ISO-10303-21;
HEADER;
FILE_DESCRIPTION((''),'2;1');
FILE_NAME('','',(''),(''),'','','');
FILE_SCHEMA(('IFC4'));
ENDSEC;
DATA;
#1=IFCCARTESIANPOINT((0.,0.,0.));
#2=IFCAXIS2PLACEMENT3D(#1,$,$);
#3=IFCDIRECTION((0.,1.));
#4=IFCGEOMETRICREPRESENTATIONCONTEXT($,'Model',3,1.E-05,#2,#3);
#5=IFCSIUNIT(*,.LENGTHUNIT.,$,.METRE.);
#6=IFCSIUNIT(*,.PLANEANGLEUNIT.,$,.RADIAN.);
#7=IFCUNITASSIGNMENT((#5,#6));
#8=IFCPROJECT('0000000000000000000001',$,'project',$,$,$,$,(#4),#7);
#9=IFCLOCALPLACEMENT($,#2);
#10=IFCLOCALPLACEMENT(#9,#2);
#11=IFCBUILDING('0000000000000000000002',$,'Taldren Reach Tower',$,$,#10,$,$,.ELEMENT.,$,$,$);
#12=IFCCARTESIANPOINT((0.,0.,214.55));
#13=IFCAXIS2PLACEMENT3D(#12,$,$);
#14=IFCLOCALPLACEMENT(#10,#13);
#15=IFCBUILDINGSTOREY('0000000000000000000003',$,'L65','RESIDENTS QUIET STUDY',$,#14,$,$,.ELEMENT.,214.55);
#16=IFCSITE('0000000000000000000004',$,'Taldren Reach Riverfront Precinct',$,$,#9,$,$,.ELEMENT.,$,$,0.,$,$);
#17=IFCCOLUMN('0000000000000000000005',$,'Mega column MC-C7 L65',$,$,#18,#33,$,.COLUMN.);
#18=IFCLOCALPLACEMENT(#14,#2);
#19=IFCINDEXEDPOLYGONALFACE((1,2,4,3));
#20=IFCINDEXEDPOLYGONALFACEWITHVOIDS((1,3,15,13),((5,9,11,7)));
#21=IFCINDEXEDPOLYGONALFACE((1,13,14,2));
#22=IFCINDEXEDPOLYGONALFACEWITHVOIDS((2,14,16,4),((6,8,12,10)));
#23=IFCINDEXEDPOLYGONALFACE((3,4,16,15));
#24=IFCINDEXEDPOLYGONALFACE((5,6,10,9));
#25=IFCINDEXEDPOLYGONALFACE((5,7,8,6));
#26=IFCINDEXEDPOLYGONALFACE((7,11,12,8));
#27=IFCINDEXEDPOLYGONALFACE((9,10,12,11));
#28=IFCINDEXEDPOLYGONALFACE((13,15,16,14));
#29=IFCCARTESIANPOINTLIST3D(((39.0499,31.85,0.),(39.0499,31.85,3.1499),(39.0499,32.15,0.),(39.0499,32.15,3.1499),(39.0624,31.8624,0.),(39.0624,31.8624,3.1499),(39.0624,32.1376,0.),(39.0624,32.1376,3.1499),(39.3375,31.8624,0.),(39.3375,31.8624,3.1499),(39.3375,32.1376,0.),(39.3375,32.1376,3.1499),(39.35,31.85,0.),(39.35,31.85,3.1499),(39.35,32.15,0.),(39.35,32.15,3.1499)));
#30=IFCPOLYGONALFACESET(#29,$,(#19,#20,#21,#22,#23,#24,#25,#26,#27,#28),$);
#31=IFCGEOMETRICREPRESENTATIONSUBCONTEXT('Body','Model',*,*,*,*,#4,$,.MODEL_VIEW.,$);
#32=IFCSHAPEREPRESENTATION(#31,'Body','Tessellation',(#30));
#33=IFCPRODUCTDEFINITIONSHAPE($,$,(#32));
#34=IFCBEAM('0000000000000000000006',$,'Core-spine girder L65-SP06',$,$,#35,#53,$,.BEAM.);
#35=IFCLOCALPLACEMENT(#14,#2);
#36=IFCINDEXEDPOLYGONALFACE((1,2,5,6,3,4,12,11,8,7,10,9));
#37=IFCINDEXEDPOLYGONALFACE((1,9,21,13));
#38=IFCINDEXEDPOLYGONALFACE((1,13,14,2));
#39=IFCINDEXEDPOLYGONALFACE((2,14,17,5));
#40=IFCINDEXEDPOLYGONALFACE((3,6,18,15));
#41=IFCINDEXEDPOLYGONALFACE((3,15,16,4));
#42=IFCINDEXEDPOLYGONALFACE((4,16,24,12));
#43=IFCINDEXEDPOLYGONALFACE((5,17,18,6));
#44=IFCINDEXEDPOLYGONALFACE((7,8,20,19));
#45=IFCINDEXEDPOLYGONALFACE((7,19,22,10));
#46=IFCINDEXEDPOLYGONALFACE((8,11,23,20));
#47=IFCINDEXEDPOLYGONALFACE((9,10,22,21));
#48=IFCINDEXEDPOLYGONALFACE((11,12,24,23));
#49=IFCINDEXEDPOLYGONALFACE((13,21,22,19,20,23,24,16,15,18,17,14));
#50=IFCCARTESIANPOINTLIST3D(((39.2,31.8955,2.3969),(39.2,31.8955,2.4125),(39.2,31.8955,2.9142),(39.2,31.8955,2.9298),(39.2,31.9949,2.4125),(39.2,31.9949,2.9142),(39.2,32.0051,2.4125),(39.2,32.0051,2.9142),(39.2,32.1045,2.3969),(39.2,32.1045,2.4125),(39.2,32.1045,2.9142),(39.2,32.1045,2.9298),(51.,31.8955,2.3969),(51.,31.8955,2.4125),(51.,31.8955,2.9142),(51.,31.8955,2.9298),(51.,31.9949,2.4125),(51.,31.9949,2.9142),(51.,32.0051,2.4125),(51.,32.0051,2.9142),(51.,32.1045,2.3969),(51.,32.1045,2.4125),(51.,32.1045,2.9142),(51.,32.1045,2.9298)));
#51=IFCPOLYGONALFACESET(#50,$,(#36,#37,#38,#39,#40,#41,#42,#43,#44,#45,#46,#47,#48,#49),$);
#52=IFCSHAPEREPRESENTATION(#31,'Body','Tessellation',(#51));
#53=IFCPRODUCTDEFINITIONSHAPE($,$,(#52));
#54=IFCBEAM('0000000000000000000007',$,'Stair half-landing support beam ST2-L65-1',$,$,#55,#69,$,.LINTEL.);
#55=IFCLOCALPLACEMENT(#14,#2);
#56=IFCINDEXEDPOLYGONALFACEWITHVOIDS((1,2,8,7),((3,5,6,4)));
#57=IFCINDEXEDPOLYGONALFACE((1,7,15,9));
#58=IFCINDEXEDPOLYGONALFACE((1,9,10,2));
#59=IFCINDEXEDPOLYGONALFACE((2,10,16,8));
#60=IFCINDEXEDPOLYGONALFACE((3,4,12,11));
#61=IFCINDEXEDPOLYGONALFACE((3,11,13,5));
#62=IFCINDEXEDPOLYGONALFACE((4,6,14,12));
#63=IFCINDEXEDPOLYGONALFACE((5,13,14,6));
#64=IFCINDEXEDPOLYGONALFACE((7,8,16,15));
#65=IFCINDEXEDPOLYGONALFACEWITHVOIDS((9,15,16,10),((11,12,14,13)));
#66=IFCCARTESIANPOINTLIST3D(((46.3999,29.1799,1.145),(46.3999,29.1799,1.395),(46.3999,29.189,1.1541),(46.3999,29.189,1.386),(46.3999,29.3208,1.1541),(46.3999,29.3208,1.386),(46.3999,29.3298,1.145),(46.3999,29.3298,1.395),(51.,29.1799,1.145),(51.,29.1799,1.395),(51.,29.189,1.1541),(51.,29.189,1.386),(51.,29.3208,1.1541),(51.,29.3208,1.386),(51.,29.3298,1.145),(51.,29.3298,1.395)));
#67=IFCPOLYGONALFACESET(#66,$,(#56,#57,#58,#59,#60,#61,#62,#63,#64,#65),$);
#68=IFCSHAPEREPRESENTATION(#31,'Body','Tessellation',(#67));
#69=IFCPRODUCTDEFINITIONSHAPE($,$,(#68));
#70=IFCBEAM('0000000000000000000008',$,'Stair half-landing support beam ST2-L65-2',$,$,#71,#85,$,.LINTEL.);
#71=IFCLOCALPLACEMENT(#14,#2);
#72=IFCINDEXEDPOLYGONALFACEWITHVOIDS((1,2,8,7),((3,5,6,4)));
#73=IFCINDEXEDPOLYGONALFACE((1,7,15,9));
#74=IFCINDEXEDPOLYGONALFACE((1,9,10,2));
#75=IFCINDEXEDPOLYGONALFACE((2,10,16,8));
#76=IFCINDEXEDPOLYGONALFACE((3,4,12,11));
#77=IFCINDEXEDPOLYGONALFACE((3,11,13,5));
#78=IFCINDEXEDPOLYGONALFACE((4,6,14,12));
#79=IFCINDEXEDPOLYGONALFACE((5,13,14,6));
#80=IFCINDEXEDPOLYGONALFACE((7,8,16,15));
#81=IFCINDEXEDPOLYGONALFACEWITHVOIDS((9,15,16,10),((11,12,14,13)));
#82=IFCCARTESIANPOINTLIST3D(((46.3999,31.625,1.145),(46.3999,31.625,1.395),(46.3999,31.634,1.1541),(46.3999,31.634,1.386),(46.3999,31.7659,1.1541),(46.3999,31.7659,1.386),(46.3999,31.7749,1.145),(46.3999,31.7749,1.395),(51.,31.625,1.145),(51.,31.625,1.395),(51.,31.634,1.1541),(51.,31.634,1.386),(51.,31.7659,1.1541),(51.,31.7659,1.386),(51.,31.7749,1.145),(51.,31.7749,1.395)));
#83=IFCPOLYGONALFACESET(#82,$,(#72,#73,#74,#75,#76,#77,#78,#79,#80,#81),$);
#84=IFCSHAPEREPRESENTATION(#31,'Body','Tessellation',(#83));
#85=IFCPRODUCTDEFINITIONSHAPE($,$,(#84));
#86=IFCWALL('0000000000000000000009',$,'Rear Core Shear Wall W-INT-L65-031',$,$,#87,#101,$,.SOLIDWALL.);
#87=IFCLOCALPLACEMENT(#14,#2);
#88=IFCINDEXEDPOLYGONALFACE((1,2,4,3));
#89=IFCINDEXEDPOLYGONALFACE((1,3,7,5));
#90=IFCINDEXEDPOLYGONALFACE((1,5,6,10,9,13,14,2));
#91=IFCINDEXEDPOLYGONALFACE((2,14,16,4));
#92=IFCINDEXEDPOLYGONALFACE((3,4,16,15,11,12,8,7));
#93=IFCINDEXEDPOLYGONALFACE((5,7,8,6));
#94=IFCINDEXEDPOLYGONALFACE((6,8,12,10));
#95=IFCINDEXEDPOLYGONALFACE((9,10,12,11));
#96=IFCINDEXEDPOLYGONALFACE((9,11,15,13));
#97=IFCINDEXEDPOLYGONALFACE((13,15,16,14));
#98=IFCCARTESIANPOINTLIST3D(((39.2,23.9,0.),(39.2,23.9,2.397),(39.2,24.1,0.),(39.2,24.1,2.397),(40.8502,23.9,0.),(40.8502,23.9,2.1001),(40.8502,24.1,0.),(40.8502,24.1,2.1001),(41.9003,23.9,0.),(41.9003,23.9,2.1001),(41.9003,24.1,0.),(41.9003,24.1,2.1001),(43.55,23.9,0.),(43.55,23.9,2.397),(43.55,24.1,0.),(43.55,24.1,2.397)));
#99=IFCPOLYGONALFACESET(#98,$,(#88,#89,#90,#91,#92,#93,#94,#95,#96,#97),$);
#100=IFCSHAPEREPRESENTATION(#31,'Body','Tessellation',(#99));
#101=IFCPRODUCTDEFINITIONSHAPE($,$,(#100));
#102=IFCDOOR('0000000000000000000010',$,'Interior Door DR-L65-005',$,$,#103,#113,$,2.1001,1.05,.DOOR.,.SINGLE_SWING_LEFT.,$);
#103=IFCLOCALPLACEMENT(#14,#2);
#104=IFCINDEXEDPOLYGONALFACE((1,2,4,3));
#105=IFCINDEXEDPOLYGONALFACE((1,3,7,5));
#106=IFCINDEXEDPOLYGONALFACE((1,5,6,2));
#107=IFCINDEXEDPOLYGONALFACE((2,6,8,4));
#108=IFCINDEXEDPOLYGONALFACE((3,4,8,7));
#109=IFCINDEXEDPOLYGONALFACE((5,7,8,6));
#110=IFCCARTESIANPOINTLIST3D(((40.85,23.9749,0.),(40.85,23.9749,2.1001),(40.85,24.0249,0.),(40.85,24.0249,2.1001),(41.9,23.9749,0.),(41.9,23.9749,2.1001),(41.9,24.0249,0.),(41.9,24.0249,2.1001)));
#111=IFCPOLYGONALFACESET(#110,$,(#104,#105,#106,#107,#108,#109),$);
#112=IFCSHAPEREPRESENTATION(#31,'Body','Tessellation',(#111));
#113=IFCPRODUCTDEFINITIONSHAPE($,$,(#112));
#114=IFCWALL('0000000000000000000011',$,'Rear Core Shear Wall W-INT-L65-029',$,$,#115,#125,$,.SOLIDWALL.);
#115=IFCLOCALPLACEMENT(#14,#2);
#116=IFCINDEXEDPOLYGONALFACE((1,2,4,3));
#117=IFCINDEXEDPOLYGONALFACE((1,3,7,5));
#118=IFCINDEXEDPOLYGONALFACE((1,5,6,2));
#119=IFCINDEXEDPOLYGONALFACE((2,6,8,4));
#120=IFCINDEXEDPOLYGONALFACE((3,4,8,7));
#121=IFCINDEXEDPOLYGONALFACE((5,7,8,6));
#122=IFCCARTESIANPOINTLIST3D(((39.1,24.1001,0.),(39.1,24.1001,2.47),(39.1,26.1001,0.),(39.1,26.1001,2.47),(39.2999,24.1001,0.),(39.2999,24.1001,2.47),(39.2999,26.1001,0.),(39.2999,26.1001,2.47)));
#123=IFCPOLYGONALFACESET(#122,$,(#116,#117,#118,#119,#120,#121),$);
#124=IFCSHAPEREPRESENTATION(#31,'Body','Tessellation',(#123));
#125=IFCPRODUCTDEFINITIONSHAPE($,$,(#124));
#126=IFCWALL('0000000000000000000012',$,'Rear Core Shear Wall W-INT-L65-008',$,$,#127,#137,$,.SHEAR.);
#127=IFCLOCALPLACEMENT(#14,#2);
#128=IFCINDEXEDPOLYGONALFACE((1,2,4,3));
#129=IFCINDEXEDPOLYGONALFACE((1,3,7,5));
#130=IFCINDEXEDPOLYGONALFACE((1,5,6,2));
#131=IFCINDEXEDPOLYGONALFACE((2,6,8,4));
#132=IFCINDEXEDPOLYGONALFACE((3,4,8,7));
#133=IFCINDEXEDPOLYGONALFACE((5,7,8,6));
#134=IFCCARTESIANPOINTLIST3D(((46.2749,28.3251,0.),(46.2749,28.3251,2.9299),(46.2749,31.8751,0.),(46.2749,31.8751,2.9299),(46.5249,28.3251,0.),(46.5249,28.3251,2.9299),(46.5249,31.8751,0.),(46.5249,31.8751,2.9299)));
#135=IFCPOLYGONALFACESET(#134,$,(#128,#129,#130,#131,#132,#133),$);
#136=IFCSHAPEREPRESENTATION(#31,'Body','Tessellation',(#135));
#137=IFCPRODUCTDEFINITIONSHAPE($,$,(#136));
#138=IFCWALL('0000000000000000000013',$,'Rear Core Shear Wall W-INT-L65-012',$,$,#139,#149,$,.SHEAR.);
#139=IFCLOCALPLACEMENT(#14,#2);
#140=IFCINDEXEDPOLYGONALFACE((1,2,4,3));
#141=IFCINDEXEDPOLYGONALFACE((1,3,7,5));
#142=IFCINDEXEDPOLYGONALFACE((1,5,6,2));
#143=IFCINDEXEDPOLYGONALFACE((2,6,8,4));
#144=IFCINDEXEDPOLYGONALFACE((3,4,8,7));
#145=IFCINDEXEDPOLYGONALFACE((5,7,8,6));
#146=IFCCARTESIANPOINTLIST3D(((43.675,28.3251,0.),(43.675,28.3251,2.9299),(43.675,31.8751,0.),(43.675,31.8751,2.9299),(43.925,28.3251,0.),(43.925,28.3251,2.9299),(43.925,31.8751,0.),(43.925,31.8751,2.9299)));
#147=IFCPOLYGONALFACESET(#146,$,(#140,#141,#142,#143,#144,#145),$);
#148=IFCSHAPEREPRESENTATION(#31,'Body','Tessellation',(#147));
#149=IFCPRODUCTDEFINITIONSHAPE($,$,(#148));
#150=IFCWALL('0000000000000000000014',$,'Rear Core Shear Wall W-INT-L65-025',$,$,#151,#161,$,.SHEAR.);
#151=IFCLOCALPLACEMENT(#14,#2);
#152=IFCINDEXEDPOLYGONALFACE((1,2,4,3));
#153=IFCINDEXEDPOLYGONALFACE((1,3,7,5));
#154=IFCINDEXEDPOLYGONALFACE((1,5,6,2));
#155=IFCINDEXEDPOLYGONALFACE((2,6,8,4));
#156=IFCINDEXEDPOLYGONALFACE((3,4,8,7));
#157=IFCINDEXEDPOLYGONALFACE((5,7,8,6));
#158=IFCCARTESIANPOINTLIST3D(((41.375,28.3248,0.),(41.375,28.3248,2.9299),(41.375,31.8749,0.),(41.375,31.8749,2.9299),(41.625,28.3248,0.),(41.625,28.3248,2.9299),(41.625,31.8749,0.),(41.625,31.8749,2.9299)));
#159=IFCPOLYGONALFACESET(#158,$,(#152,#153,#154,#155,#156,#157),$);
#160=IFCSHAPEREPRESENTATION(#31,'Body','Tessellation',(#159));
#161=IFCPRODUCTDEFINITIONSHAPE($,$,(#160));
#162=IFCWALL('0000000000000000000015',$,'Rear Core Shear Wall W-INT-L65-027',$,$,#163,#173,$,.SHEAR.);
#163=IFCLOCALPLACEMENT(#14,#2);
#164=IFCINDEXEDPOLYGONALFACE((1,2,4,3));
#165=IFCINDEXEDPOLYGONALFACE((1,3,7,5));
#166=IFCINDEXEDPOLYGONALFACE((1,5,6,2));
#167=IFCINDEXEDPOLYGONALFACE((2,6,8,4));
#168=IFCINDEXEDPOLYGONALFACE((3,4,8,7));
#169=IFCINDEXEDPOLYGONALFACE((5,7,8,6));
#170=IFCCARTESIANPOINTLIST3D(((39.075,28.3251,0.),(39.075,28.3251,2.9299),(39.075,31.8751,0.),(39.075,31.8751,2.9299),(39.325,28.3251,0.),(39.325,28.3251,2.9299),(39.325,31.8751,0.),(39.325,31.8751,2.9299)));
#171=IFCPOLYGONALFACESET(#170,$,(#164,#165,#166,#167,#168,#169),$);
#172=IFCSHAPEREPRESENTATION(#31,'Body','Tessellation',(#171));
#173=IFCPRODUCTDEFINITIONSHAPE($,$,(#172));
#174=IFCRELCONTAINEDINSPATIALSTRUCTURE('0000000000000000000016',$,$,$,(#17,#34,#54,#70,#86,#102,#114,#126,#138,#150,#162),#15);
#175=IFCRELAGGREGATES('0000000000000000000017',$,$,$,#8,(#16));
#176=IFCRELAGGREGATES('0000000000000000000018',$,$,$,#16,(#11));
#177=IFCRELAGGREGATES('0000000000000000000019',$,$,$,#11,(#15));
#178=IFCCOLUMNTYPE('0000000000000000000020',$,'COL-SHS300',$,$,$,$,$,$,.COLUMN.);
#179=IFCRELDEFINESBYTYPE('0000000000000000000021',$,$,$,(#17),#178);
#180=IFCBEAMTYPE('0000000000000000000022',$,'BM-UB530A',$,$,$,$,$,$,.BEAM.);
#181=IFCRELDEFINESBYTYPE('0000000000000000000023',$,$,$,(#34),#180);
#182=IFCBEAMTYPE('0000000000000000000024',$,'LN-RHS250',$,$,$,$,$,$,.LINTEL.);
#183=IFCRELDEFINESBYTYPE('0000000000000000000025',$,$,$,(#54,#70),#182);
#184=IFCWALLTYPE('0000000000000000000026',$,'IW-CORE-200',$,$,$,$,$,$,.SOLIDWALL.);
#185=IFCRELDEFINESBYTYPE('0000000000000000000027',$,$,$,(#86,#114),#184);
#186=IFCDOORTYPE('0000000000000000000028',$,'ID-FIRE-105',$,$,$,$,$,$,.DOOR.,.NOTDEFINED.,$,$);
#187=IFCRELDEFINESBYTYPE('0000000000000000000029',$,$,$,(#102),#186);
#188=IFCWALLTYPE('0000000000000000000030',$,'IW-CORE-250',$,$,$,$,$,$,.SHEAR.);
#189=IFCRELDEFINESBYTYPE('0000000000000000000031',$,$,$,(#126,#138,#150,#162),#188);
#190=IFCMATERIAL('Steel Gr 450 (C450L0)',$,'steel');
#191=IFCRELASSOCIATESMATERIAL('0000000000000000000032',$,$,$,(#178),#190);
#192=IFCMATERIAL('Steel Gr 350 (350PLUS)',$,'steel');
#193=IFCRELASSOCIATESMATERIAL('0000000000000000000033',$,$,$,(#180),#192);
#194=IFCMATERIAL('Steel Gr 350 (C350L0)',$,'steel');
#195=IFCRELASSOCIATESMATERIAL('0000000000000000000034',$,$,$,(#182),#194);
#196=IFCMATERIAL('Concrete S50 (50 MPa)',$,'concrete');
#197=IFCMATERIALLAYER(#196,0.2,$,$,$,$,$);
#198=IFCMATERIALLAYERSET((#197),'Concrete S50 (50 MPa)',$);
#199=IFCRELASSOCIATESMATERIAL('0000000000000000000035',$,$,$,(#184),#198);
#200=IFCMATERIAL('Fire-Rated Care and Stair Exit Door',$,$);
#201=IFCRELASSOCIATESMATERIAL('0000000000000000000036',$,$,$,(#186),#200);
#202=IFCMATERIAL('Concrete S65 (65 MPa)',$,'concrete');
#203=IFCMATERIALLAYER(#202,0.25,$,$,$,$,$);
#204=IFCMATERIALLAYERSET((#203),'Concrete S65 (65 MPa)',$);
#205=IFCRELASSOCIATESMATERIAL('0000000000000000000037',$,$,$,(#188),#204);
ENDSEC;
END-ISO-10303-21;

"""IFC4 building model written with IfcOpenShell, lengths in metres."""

from ifc_helpers import new_model, si_unit, direction, frame, frame_2d, origin, origin_2d, place, context, subcontext, project, spatial, rectangle, hollow_rectangle, i_section, extrude, source, transform, mapped, material, layer, layer_set, material_profile, profile_set, type_object, element, fill, save


model = new_model("IFC4")

# Units and contexts
model_context = context("Model", 3, precision=1e-05, world=origin(), true_north=direction((0.0, 1.0)))
body_context = subcontext(model_context, "Body", "Model", "MODEL_VIEW")
ifc_project = project(units=[si_unit("LENGTHUNIT", "METRE"), si_unit("PLANEANGLEUNIT", "RADIAN")], contexts=[model_context])

# Site, building, storey
site_placement = place(None, origin())
site = spatial("IfcSite", under=ifc_project, at=site_placement, Name="Taldren Reach Riverfront Precinct", CompositionType="ELEMENT", RefElevation=0.0)
building_placement = place(site_placement, origin())
building = spatial("IfcBuilding", under=site, at=building_placement, Name="Taldren Reach Tower", CompositionType="ELEMENT")
storey_placement = place(building_placement, frame((0.0, 0.0, 214.55)))
storey = spatial("IfcBuildingStorey", under=building, at=storey_placement, Name="L65", Description="RESIDENTS QUIET STUDY", CompositionType="ELEMENT", Elevation=214.55)

# Column
ifc_material_1 = material(Name="Steel Gr 450 (C450L0)", Category="steel")
ifc_material_profile_1 = material_profile(ifc_material_1, hollow_rectangle(XDim=0.3, YDim=0.3, WallThickness=0.0125, at=origin_2d()), Name="300x300x12.5SHS")
ifc_profile_set_1 = profile_set([ifc_material_profile_1], Name="Steel Gr 450 (C450L0)")
column_type = type_object("IfcColumnType", Name="COL-SHS300", PredefinedType="COLUMN", material=ifc_profile_set_1)
shared_shape_1 = source(origin(), body_context, "Body", "SweptSolid", [
    extrude(hollow_rectangle(XDim=0.3, YDim=0.3, WallThickness=0.0125, at=origin_2d()), origin(), (0.0, 0.0, 1.0), 3.1499),
])
column_placement = place(storey_placement, frame((39.2, 32.0, 0.0), z_axis=(0.0, 0.0, 1.0), x_axis=(1.0, 0.0, 0.0)))
element("IfcColumn", 1, at=column_placement, inside=storey, type_object=column_type, Name="Mega column MC-C7 L65", PredefinedType="COLUMN", context=body_context, shape_type="MappedRepresentation", body=[
    mapped(shared_shape_1, transform((0.0, 0.0, 0.0), scale=1.0)),
])

# Beams
ifc_material_2 = material(Name="Steel Gr 350 (350PLUS)", Category="steel")
ifc_material_profile_2 = material_profile(ifc_material_2, i_section(OverallWidth=0.209, OverallDepth=0.533, WebThickness=0.0103, FlangeThickness=0.0156, at=origin_2d()), Name="530UB92.4")
ifc_profile_set_2 = profile_set([ifc_material_profile_2], Name="Steel Gr 350 (350PLUS)")
beam_type_1 = type_object("IfcBeamType", Name="BM-UB530A", PredefinedType="BEAM", material=ifc_profile_set_2)
shared_shape_2 = source(origin(), body_context, "Body", "SweptSolid", [
    extrude(i_section(OverallWidth=0.209, OverallDepth=0.533, WebThickness=0.0103, FlangeThickness=0.0156, at=origin_2d()), origin(), (0.0, 0.0, 1.0), 11.8),
])
beam_placement = place(storey_placement, frame((39.2, 32.0, 2.6633), z_axis=(1.0, 0.0, 0.0), x_axis=(0.0, 1.0, 0.0)))
element("IfcBeam", 2, at=beam_placement, inside=storey, type_object=beam_type_1, Name="Core-spine girder L65-SP06", PredefinedType="BEAM", context=body_context, shape_type="MappedRepresentation", body=[
    mapped(shared_shape_2, transform((0.0, 0.0, 0.0), scale=1.0)),
])
ifc_material_3 = material(Name="Steel Gr 350 (C350L0)", Category="steel")
ifc_material_profile_3 = material_profile(ifc_material_3, hollow_rectangle(XDim=0.1499, YDim=0.25, WallThickness=0.009, at=origin_2d()), Name="250x150x9.0RHS")
ifc_profile_set_3 = profile_set([ifc_material_profile_3], Name="Steel Gr 350 (C350L0)")
beam_type_2 = type_object("IfcBeamType", Name="LN-RHS250", PredefinedType="LINTEL", material=ifc_profile_set_3)
shared_shape_3 = source(origin(), body_context, "Body", "SweptSolid", [
    extrude(hollow_rectangle(XDim=0.1499, YDim=0.25, WallThickness=0.009, at=origin_2d()), origin(), (0.0, 0.0, 1.0), 4.6001),
])
for number, where, z_axis, x_axis, name in (
    (3, (46.3999, 29.2549, 1.27), (1.0, 0.0, 0.0), (0.0, 1.0, 0.0), "Stair half-landing support beam ST2-L65-1"),
    (4, (46.3999, 31.7, 1.27), (1.0, 0.0, 0.0), (0.0, 1.0, 0.0), "Stair half-landing support beam ST2-L65-2"),
):
    element("IfcBeam", number, at=place(storey_placement, frame(where, z_axis=z_axis, x_axis=x_axis)), inside=storey, type_object=beam_type_2, Name=name, PredefinedType="LINTEL", context=body_context, shape_type="MappedRepresentation", body=[
        mapped(shared_shape_3, transform((0.0, 0.0, 0.0), scale=1.0)),
    ])

# Wall, opening, door
ifc_material_4 = material(Name="Concrete S50 (50 MPa)", Category="concrete")
ifc_layer_1 = layer(ifc_material_4, 0.2)
ifc_layer_set_1 = layer_set([ifc_layer_1], Name="Concrete S50 (50 MPa)")
wall_type_1 = type_object("IfcWallType", Name="IW-CORE-200", PredefinedType="SOLIDWALL", material=ifc_layer_set_1)
shared_shape_4 = source(origin(), body_context, "Body", "SweptSolid", [
    extrude(rectangle(XDim=4.3501, YDim=0.2, at=frame_2d((2.175, 0.0))), origin(), (0.0, 0.0, 1.0), 2.397),
])
wall_1_placement = place(storey_placement, frame((43.55, 24.0, 0.0), z_axis=(0.0, 0.0, 1.0), x_axis=(-1.0, 0.0, 0.0)))
wall_1 = element("IfcWall", 5, at=wall_1_placement, inside=storey, type_object=wall_type_1, Name="Rear Core Shear Wall W-INT-L65-031", PredefinedType="SOLIDWALL", context=body_context, shape_type="MappedRepresentation", body=[
    mapped(shared_shape_4, transform((0.0, 0.0, 0.0), scale=1.0)),
])
shared_shape_5 = source(origin(), body_context, "Body", "SweptSolid", [
    extrude(rectangle(XDim=1.05, YDim=2.1001, at=frame_2d((0.5249, 1.05))), frame((0.0, 0.1099, 0.0), z_axis=(0.0, -1.0, 0.0), x_axis=(1.0, 0.0, 0.0)), (0.0, 0.0, 1.0), 0.22),
])
opening_1_placement = place(wall_1_placement, frame((1.6499, 0.0, 0.0)))
opening_1 = element("IfcOpeningElement", 6, at=opening_1_placement, cuts=wall_1, PredefinedType="OPENING", context=body_context, shape_type="MappedRepresentation", body=[
    mapped(shared_shape_5, transform((0.0, 0.0, 0.0), scale=1.0)),
])
ifc_material_5 = material(Name="Fire-Rated Care and Stair Exit Door")
door_type_1 = type_object("IfcDoorType", Name="ID-FIRE-105", OperationType="NOTDEFINED", PredefinedType="DOOR", material=ifc_material_5)
shared_shape_6 = source(origin(), body_context, "Body", "SweptSolid", [
    extrude(rectangle(XDim=1.05, YDim=2.1001, at=frame_2d((0.5249, 1.05))), frame((0.0, 0.0249, 0.0), z_axis=(0.0, -1.0, 0.0), x_axis=(1.0, 0.0, 0.0)), (0.0, 0.0, 1.0), 0.05),
])
door_1_placement = place(opening_1_placement, frame((1.05, 0.0, 0.0), z_axis=(0.0, 0.0, 1.0), x_axis=(-1.0, 0.0, 0.0)))
door_1 = element("IfcDoor", 7, at=door_1_placement, inside=storey, type_object=door_type_1, Name="Interior Door DR-L65-005", OperationType="SINGLE_SWING_LEFT", OverallHeight=2.1001, OverallWidth=1.05, PredefinedType="DOOR", context=body_context, shape_type="MappedRepresentation", body=[
    mapped(shared_shape_6, transform((0.0, 0.0, 0.0), scale=1.0)),
])
fill(opening_1, door_1)

# Walls
shared_shape_7 = source(origin(), body_context, "Body", "SweptSolid", [
    extrude(rectangle(XDim=2.0, YDim=0.2, at=frame_2d((1.0, 0.0))), origin(), (0.0, 0.0, 1.0), 2.47),
])
wall_2_placement = place(storey_placement, frame((39.2, 24.1001, 0.0), z_axis=(0.0, 0.0, 1.0), x_axis=(0.0, 1.0, 0.0)))
element("IfcWall", 8, at=wall_2_placement, inside=storey, type_object=wall_type_1, Name="Rear Core Shear Wall W-INT-L65-029", PredefinedType="SOLIDWALL", context=body_context, shape_type="MappedRepresentation", body=[
    mapped(shared_shape_7, transform((0.0, 0.0, 0.0), scale=1.0)),
])
ifc_material_6 = material(Name="Concrete S65 (65 MPa)", Category="concrete")
ifc_layer_2 = layer(ifc_material_6, 0.25)
ifc_layer_set_2 = layer_set([ifc_layer_2], Name="Concrete S65 (65 MPa)")
wall_type_2 = type_object("IfcWallType", Name="IW-CORE-250", PredefinedType="SHEAR", material=ifc_layer_set_2)
shared_shape_8 = source(origin(), body_context, "Body", "SweptSolid", [
    extrude(rectangle(XDim=3.55, YDim=0.25, at=frame_2d((1.7749, 0.0))), origin(), (0.0, 0.0, 1.0), 2.9299),
])
for number, where, z_axis, x_axis, name in (
    (9, (46.3999, 31.875, 0.0), (0.0, 0.0, 1.0), (0.0, -1.0, 0.0), "Rear Core Shear Wall W-INT-L65-008"),
    (10, (43.8, 31.875, 0.0), (0.0, 0.0, 1.0), (0.0, -1.0, 0.0), "Rear Core Shear Wall W-INT-L65-012"),
    (11, (41.5, 28.325, 0.0), (0.0, 0.0, 1.0), (0.0, 1.0, 0.0), "Rear Core Shear Wall W-INT-L65-025"),
    (12, (39.2, 31.875, 0.0), (0.0, 0.0, 1.0), (0.0, -1.0, 0.0), "Rear Core Shear Wall W-INT-L65-027"),
):
    element("IfcWall", number, at=place(storey_placement, frame(where, z_axis=z_axis, x_axis=x_axis)), inside=storey, type_object=wall_type_2, Name=name, PredefinedType="SHEAR", context=body_context, shape_type="MappedRepresentation", body=[
        mapped(shared_shape_8, transform((0.0, 0.0, 0.0), scale=1.0)),
    ])

save(model, "model.ifc")
